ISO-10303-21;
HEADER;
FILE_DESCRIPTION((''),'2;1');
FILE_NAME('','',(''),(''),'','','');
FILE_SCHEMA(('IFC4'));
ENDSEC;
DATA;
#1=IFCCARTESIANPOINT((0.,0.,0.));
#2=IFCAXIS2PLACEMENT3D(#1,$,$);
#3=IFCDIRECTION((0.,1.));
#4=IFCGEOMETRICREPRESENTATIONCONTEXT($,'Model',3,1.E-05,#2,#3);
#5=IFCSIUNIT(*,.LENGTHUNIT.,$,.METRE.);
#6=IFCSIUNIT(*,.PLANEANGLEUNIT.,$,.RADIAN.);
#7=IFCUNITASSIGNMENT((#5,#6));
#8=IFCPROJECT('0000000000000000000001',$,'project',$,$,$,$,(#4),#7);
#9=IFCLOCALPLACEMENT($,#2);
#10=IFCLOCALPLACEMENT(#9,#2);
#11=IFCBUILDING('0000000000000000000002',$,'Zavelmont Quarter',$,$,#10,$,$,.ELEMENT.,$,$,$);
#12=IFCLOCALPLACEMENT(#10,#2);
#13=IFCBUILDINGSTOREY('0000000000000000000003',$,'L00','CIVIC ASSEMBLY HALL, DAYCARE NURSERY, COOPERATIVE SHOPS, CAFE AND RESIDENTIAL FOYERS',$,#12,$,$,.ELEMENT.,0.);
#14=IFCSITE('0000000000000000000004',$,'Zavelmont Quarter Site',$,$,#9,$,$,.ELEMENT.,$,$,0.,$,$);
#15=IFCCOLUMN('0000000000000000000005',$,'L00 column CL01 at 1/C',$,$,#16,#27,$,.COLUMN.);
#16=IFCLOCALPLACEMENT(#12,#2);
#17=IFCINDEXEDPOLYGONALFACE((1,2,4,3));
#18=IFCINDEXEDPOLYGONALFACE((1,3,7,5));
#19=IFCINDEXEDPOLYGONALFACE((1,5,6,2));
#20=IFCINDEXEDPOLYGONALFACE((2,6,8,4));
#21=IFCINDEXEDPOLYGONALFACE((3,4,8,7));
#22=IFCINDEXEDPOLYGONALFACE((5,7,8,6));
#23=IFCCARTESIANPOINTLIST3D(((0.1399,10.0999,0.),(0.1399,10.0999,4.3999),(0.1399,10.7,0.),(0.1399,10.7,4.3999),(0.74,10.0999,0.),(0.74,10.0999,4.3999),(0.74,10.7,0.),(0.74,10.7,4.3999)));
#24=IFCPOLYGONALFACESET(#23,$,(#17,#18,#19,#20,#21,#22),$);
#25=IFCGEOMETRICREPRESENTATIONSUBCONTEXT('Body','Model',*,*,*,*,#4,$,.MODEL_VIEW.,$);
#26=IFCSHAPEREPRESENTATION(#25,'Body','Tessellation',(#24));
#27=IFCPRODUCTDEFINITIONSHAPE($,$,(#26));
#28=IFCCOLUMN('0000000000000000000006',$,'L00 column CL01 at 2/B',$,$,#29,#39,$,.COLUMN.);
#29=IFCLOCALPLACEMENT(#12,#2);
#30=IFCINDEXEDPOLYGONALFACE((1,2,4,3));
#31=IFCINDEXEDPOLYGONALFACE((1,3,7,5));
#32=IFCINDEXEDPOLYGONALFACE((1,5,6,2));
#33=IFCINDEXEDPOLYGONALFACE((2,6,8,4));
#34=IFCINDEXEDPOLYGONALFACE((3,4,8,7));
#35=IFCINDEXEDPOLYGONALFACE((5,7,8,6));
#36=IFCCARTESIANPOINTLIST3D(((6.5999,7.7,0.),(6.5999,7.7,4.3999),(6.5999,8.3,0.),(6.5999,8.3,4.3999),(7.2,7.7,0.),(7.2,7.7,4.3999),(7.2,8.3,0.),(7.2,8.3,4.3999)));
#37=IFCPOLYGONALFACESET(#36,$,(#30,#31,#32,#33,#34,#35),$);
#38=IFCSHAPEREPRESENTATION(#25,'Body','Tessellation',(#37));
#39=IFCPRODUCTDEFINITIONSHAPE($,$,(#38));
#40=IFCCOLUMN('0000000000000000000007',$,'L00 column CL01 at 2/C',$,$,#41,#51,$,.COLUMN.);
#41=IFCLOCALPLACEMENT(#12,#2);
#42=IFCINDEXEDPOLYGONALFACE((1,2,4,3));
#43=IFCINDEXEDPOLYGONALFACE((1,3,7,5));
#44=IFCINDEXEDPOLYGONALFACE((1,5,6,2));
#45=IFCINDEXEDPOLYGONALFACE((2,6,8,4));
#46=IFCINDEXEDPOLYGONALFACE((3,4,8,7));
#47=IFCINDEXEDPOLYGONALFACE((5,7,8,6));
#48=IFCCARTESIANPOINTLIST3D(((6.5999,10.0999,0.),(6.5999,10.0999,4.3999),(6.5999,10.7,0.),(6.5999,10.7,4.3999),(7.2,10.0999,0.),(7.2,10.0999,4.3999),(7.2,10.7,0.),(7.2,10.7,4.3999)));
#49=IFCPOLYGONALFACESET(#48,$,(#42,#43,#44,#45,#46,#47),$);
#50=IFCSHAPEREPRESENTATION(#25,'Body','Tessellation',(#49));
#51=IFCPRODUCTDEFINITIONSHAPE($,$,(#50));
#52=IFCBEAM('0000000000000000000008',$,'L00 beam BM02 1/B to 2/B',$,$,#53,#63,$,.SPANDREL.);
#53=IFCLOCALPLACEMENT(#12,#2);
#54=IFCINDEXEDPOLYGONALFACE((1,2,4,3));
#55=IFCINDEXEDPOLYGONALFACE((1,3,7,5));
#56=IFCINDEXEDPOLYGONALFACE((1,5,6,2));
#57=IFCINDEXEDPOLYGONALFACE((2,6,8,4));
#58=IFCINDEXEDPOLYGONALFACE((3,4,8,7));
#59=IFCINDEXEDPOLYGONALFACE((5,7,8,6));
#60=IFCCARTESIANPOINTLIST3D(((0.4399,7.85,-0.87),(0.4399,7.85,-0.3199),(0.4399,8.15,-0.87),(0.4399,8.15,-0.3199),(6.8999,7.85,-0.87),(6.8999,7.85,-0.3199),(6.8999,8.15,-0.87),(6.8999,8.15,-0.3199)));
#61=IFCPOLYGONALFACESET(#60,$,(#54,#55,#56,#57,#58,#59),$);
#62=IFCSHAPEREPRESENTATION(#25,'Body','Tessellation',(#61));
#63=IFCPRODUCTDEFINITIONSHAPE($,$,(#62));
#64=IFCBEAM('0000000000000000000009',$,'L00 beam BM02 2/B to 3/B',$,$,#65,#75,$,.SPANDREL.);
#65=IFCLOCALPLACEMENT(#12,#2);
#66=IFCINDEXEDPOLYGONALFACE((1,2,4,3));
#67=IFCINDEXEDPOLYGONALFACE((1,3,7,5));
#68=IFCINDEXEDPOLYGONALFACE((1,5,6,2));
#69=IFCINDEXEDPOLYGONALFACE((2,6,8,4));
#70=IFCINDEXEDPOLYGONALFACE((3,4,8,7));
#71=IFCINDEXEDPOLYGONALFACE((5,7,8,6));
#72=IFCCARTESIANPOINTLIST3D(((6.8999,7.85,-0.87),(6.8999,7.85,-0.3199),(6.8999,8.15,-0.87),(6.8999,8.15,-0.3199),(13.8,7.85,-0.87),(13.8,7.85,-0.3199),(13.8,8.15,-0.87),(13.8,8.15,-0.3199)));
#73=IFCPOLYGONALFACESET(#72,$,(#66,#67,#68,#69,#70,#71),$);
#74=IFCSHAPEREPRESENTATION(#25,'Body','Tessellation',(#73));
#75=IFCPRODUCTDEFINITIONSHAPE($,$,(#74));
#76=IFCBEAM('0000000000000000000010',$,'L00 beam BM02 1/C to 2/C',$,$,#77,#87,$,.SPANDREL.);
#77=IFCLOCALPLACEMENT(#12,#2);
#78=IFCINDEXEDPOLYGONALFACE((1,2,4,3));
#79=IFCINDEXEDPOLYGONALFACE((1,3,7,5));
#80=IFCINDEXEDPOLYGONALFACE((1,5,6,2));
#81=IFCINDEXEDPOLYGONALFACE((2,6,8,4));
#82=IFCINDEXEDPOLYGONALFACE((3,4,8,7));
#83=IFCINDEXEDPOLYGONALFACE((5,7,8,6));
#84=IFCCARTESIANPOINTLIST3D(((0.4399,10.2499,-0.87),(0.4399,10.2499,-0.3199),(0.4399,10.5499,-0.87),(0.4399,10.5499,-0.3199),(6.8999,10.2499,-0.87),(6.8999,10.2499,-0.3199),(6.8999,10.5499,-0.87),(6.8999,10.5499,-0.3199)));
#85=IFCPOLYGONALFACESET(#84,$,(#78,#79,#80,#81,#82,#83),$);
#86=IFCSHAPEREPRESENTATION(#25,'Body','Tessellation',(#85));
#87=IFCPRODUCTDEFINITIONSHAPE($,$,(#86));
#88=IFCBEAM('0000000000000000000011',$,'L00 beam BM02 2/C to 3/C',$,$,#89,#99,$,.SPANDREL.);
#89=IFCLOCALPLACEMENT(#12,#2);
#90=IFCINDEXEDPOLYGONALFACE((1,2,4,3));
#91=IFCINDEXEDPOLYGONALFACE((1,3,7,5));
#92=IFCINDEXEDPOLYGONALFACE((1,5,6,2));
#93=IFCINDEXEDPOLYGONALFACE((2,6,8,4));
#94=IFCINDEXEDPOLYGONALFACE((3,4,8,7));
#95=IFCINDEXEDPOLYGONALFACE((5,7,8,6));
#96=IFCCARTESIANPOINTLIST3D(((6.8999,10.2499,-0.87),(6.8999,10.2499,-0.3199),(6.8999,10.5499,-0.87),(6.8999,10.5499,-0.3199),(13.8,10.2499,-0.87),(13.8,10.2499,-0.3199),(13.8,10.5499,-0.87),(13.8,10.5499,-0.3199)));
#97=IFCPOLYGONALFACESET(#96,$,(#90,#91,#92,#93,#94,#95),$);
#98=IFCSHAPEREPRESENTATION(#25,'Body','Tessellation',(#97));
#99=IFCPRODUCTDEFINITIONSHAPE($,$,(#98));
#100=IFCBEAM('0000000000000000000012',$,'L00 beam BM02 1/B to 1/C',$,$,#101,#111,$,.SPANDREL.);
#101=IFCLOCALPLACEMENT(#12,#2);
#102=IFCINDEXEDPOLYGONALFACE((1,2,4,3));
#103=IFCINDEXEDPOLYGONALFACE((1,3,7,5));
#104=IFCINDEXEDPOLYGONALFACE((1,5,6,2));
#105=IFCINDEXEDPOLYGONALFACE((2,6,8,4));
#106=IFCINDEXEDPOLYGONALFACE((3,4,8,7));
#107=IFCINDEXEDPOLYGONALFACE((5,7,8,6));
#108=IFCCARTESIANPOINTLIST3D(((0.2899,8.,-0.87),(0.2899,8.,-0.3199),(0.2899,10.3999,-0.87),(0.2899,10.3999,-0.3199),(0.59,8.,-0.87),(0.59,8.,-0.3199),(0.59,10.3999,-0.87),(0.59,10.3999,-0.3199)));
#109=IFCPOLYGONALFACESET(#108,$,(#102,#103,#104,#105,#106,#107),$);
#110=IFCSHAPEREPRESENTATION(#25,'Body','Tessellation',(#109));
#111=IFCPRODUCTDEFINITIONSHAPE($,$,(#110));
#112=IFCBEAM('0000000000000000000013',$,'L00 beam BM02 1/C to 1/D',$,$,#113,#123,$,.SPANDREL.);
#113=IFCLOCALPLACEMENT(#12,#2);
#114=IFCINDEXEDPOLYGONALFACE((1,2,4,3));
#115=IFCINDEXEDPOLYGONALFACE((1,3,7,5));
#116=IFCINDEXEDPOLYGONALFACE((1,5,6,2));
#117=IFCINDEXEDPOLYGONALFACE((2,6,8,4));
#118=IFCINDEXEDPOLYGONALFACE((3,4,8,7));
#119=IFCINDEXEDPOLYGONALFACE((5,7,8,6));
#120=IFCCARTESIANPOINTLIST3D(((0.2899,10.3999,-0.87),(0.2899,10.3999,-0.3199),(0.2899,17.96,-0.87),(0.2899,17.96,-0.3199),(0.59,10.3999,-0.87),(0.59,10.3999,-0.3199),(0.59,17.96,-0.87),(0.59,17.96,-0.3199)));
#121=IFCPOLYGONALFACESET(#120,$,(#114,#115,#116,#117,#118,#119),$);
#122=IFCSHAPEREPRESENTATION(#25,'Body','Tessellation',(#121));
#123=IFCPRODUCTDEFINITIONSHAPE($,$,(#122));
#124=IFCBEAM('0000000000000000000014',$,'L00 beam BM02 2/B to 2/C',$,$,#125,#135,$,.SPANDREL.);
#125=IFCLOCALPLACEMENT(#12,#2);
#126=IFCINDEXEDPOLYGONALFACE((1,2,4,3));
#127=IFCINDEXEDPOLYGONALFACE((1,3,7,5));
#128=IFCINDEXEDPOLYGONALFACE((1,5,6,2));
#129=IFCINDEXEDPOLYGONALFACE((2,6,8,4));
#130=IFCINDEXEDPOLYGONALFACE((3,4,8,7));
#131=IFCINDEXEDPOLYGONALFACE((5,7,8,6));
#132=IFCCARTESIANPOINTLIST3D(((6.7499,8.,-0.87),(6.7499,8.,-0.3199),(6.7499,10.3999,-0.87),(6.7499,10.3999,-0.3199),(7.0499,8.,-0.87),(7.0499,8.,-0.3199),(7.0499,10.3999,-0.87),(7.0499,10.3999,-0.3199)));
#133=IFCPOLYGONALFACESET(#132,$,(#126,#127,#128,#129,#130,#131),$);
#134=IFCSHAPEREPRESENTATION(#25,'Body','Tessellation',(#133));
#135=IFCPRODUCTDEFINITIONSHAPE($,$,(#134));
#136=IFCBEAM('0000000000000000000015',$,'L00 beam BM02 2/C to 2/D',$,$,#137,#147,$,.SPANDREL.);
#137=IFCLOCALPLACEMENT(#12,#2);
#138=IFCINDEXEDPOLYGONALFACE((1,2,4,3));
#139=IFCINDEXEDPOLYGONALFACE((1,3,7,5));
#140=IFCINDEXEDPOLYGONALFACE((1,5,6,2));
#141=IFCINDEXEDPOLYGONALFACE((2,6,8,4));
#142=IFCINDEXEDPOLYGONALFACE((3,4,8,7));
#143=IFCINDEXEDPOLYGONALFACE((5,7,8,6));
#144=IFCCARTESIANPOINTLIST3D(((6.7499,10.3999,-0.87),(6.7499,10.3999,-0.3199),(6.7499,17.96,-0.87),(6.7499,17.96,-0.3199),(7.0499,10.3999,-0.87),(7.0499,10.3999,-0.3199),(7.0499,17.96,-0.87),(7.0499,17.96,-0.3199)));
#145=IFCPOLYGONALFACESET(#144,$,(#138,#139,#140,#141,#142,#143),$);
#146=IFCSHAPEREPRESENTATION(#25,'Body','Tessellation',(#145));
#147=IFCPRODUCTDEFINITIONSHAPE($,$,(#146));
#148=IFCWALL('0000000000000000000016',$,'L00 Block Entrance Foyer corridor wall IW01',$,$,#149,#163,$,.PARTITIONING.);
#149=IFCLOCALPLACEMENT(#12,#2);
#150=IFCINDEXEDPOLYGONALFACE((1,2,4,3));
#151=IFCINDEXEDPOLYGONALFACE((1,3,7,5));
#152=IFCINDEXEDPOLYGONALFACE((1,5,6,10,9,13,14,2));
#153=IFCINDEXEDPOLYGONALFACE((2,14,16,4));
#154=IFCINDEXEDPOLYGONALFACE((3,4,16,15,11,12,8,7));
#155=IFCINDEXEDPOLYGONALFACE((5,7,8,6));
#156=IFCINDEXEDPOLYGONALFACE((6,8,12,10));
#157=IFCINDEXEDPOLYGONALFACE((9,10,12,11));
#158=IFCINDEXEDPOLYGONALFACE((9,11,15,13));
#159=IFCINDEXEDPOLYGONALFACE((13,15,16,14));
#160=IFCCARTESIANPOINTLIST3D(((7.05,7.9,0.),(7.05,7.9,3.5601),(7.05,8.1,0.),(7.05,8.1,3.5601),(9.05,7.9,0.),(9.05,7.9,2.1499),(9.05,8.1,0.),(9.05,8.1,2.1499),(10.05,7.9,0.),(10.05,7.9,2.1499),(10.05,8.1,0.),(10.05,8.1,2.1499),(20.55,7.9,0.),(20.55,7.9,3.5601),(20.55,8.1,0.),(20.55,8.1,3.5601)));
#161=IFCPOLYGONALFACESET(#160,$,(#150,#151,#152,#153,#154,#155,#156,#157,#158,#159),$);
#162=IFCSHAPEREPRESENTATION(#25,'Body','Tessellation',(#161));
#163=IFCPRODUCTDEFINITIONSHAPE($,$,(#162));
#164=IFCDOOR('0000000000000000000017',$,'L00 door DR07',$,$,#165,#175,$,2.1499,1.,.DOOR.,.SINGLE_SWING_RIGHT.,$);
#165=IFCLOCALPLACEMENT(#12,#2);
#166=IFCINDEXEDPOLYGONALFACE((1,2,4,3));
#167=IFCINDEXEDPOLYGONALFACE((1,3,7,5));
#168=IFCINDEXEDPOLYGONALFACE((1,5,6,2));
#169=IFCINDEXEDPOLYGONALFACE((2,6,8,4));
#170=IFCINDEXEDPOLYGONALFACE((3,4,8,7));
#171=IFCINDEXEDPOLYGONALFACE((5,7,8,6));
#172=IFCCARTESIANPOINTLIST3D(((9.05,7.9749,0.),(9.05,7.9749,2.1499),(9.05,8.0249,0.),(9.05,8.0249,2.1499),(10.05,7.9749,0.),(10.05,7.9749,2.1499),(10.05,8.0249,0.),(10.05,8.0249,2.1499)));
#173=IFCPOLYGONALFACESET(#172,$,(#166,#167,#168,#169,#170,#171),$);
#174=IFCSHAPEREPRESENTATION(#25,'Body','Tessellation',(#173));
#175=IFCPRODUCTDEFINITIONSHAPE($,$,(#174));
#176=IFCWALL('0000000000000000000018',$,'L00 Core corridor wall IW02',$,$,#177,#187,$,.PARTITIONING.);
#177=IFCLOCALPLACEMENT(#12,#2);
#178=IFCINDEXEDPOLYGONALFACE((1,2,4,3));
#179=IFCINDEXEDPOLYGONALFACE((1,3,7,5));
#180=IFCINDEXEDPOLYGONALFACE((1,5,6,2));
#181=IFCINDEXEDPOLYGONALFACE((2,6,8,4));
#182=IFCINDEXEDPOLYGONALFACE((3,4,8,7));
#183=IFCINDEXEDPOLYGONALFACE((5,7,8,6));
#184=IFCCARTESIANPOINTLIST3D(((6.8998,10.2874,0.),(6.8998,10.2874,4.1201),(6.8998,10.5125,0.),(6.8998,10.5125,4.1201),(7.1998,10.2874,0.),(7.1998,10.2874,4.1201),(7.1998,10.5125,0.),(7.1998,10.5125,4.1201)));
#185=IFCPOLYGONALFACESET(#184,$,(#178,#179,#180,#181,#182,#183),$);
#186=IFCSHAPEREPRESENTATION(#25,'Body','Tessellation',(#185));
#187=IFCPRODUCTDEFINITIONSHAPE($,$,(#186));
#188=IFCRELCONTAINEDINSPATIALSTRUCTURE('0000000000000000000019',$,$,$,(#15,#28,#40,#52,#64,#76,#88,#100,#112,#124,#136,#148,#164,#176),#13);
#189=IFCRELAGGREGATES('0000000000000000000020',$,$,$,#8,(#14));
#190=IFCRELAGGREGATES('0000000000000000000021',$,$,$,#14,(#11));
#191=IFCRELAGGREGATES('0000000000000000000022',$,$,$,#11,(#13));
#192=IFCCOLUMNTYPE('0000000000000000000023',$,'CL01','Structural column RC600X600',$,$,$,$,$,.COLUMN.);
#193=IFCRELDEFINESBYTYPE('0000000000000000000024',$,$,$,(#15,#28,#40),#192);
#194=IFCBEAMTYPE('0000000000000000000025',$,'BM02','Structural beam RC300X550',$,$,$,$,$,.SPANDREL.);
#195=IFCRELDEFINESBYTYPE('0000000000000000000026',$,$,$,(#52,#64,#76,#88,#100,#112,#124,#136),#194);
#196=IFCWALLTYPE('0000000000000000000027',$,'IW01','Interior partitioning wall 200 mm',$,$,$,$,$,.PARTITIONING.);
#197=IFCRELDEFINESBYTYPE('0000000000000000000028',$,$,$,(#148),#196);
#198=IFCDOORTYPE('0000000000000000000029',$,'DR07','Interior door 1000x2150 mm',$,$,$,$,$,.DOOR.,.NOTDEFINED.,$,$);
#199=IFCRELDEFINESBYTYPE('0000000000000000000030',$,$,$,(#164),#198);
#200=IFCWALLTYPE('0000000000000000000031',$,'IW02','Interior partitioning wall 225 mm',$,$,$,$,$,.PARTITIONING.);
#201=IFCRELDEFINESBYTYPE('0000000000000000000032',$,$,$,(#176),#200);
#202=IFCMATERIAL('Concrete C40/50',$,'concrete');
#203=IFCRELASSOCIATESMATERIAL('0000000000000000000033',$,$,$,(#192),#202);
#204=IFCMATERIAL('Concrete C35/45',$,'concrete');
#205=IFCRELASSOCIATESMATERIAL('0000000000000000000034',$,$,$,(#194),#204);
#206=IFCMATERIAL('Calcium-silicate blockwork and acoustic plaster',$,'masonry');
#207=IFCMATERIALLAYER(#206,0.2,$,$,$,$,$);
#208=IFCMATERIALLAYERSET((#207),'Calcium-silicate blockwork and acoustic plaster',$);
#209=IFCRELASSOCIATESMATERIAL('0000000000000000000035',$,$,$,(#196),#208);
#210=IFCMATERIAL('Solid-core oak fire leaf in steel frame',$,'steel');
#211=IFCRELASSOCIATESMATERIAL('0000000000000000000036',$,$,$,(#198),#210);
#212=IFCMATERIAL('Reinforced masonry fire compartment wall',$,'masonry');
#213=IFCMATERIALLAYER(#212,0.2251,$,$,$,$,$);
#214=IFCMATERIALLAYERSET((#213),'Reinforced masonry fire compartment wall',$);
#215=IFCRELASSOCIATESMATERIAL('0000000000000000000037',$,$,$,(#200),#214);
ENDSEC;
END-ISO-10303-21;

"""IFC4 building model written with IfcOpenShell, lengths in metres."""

from ifc_helpers import new_model, si_unit, direction, frame, frame_2d, origin, origin_with_axes, origin_2d, place, context, subcontext, project, spatial, rectangle, extrude, material, layer, layer_set, material_profile, profile_set, type_object, element, fill, save


model = new_model("IFC4")

# Units and contexts
model_context = context("Model", 3, precision=1e-05, world=origin(), true_north=direction((0.0, 1.0)))
body_context = subcontext(model_context, "Body", "Model", "MODEL_VIEW")
ifc_project = project(units=[si_unit("LENGTHUNIT", "METRE"), si_unit("PLANEANGLEUNIT", "RADIAN")], contexts=[model_context])

# Site, building, storey
site_placement = place(None, origin())
site = spatial("IfcSite", under=ifc_project, at=site_placement, Name="Zavelmont Quarter Site", CompositionType="ELEMENT", RefElevation=0.0)
building_placement = place(site_placement, origin())
building = spatial("IfcBuilding", under=site, at=building_placement, Name="Zavelmont Quarter", CompositionType="ELEMENT")
storey_placement = place(building_placement, origin())
storey = spatial("IfcBuildingStorey", under=building, at=storey_placement, Name="L00", Description="CIVIC ASSEMBLY HALL, DAYCARE NURSERY, COOPERATIVE SHOPS, CAFE AND RESIDENTIAL FOYERS", CompositionType="ELEMENT", Elevation=0.0)

# Columns
ifc_material_1 = material(Name="Concrete C40/50", Category="concrete")
ifc_material_profile_1 = material_profile(ifc_material_1, rectangle(XDim=0.6001, YDim=0.6001, at=origin_2d()), Name="RC600X600")
ifc_profile_set_1 = profile_set([ifc_material_profile_1], Name="Concrete C40/50")
column_type = type_object("IfcColumnType", Name="CL01", Description="Structural column RC600X600", PredefinedType="COLUMN", material=ifc_profile_set_1)
for number, where, z_axis, x_axis, name in (
    (1, (0.4399, 10.3999, 0.0), (0.0, 0.0, 1.0), (1.0, 0.0, 0.0), "L00 column CL01 at 1/C"),
    (2, (6.8999, 8.0, 0.0), (0.0, 0.0, 1.0), (1.0, 0.0, 0.0), "L00 column CL01 at 2/B"),
    (3, (6.8999, 10.3999, 0.0), (0.0, 0.0, 1.0), (1.0, 0.0, 0.0), "L00 column CL01 at 2/C"),
):
    element("IfcColumn", number, at=place(storey_placement, frame(where, z_axis=z_axis, x_axis=x_axis)), inside=storey, type_object=column_type, Name=name, PredefinedType="COLUMN", context=body_context, shape_type="SweptSolid", body=[
        extrude(rectangle(XDim=0.6001, YDim=0.6001, at=origin_2d()), origin(), (0.0, 0.0, 1.0), 4.3999),
    ])

# Beams
ifc_material_2 = material(Name="Concrete C35/45", Category="concrete")
ifc_material_profile_2 = material_profile(ifc_material_2, rectangle(XDim=0.3, YDim=0.55, at=origin_2d()), Name="RC300X550")
ifc_profile_set_2 = profile_set([ifc_material_profile_2], Name="Concrete C35/45")
beam_type = type_object("IfcBeamType", Name="BM02", Description="Structural beam RC300X550", PredefinedType="SPANDREL", material=ifc_profile_set_2)
beam_1_placement = place(storey_placement, frame((0.4399, 8.0, -0.595), z_axis=(1.0, 0.0, 0.0), x_axis=(0.0, 1.0, 0.0)))
element("IfcBeam", 4, at=beam_1_placement, inside=storey, type_object=beam_type, Name="L00 beam BM02 1/B to 2/B", PredefinedType="SPANDREL", context=body_context, shape_type="SweptSolid", body=[
    extrude(rectangle(XDim=0.3, YDim=0.55, at=origin_2d()), origin(), (0.0, 0.0, 1.0), 6.46),
])
beam_2_placement = place(storey_placement, frame((6.8999, 8.0, -0.595), z_axis=(1.0, 0.0, 0.0), x_axis=(0.0, 1.0, 0.0)))
element("IfcBeam", 5, at=beam_2_placement, inside=storey, type_object=beam_type, Name="L00 beam BM02 2/B to 3/B", PredefinedType="SPANDREL", context=body_context, shape_type="SweptSolid", body=[
    extrude(rectangle(XDim=0.3, YDim=0.55, at=origin_2d()), origin(), (0.0, 0.0, 1.0), 6.9001),
])
beam_3_placement = place(storey_placement, frame((0.4399, 10.3999, -0.595), z_axis=(1.0, 0.0, 0.0), x_axis=(0.0, 1.0, 0.0)))
element("IfcBeam", 6, at=beam_3_placement, inside=storey, type_object=beam_type, Name="L00 beam BM02 1/C to 2/C", PredefinedType="SPANDREL", context=body_context, shape_type="SweptSolid", body=[
    extrude(rectangle(XDim=0.3, YDim=0.55, at=origin_2d()), origin(), (0.0, 0.0, 1.0), 6.46),
])
beam_4_placement = place(storey_placement, frame((6.8999, 10.3999, -0.595), z_axis=(1.0, 0.0, 0.0), x_axis=(0.0, 1.0, 0.0)))
element("IfcBeam", 7, at=beam_4_placement, inside=storey, type_object=beam_type, Name="L00 beam BM02 2/C to 3/C", PredefinedType="SPANDREL", context=body_context, shape_type="SweptSolid", body=[
    extrude(rectangle(XDim=0.3, YDim=0.55, at=origin_2d()), origin(), (0.0, 0.0, 1.0), 6.9001),
])
beam_5_placement = place(storey_placement, frame((0.4399, 8.0, -0.595), z_axis=(0.0, 1.0, 0.0), x_axis=(-1.0, 0.0, 0.0)))
element("IfcBeam", 8, at=beam_5_placement, inside=storey, type_object=beam_type, Name="L00 beam BM02 1/B to 1/C", PredefinedType="SPANDREL", context=body_context, shape_type="SweptSolid", body=[
    extrude(rectangle(XDim=0.3, YDim=0.55, at=origin_2d()), origin(), (0.0, 0.0, 1.0), 2.3999),
])
beam_6_placement = place(storey_placement, frame((0.4399, 10.3999, -0.595), z_axis=(0.0, 1.0, 0.0), x_axis=(-1.0, 0.0, 0.0)))
element("IfcBeam", 9, at=beam_6_placement, inside=storey, type_object=beam_type, Name="L00 beam BM02 1/C to 1/D", PredefinedType="SPANDREL", context=body_context, shape_type="SweptSolid", body=[
    extrude(rectangle(XDim=0.3, YDim=0.55, at=origin_2d()), origin(), (0.0, 0.0, 1.0), 7.5601),
])
beam_7_placement = place(storey_placement, frame((6.8999, 8.0, -0.595), z_axis=(0.0, 1.0, 0.0), x_axis=(-1.0, 0.0, 0.0)))
element("IfcBeam", 10, at=beam_7_placement, inside=storey, type_object=beam_type, Name="L00 beam BM02 2/B to 2/C", PredefinedType="SPANDREL", context=body_context, shape_type="SweptSolid", body=[
    extrude(rectangle(XDim=0.3, YDim=0.55, at=origin_2d()), origin(), (0.0, 0.0, 1.0), 2.3999),
])
beam_8_placement = place(storey_placement, frame((6.8999, 10.3999, -0.595), z_axis=(0.0, 1.0, 0.0), x_axis=(-1.0, 0.0, 0.0)))
element("IfcBeam", 11, at=beam_8_placement, inside=storey, type_object=beam_type, Name="L00 beam BM02 2/C to 2/D", PredefinedType="SPANDREL", context=body_context, shape_type="SweptSolid", body=[
    extrude(rectangle(XDim=0.3, YDim=0.55, at=origin_2d()), origin(), (0.0, 0.0, 1.0), 7.5601),
])

# Wall, opening, door
ifc_material_3 = material(Name="Calcium-silicate blockwork and acoustic plaster", Category="masonry")
ifc_layer_1 = layer(ifc_material_3, 0.2)
ifc_layer_set_1 = layer_set([ifc_layer_1], Name="Calcium-silicate blockwork and acoustic plaster")
wall_type_1 = type_object("IfcWallType", Name="IW01", Description="Interior partitioning wall 200 mm", PredefinedType="PARTITIONING", material=ifc_layer_set_1)
wall_1_placement = place(storey_placement, frame((7.05, 8.0, 0.0), z_axis=(0.0, 0.0, 1.0), x_axis=(1.0, 0.0, 0.0)))
wall_1 = element("IfcWall", 12, at=wall_1_placement, inside=storey, type_object=wall_type_1, Name="L00 Block Entrance Foyer corridor wall IW01", PredefinedType="PARTITIONING", context=body_context, shape_type="SweptSolid", body=[
    extrude(rectangle(XDim=13.5, YDim=0.2, at=frame_2d((6.75, 0.0))), origin(), (0.0, 0.0, 1.0), 3.5601),
])
opening_placement = place(wall_1_placement, frame((2.0, 0.0, 0.0)))
opening = element("IfcOpeningElement", 13, at=opening_placement, cuts=wall_1, PredefinedType="OPENING", context=body_context, shape_type="SweptSolid", body=[
    extrude(rectangle(XDim=1.0, YDim=2.1499, at=frame_2d((0.5, 1.075))), frame((0.0, 0.1118, 0.0), z_axis=(0.0, -1.0, 0.0), x_axis=(1.0, 0.0, 0.0)), (0.0, 0.0, 1.0), 0.2239),
])
ifc_material_4 = material(Name="Solid-core oak fire leaf in steel frame", Category="steel")
door_type = type_object("IfcDoorType", Name="DR07", Description="Interior door 1000x2150 mm", OperationType="NOTDEFINED", PredefinedType="DOOR", material=ifc_material_4)
door_placement = place(opening_placement, origin_with_axes())
door = element("IfcDoor", 14, at=door_placement, inside=storey, type_object=door_type, Name="L00 door DR07", OperationType="SINGLE_SWING_RIGHT", OverallHeight=2.1499, OverallWidth=1.0, PredefinedType="DOOR", context=body_context, shape_type="SweptSolid", body=[
    extrude(rectangle(XDim=1.0, YDim=2.1499, at=frame_2d((0.5, 1.075))), frame((0.0, 0.0249, 0.0), z_axis=(0.0, -1.0, 0.0), x_axis=(1.0, 0.0, 0.0)), (0.0, 0.0, 1.0), 0.05),
])
fill(opening, door)

# Wall
ifc_material_5 = material(Name="Reinforced masonry fire compartment wall", Category="masonry")
ifc_layer_2 = layer(ifc_material_5, 0.2251)
ifc_layer_set_2 = layer_set([ifc_layer_2], Name="Reinforced masonry fire compartment wall")
wall_type_2 = type_object("IfcWallType", Name="IW02", Description="Interior partitioning wall 225 mm", PredefinedType="PARTITIONING", material=ifc_layer_set_2)
wall_2_placement = place(storey_placement, frame((6.8999, 10.3999, 0.0), z_axis=(0.0, 0.0, 1.0), x_axis=(1.0, 0.0, 0.0)))
element("IfcWall", 15, at=wall_2_placement, inside=storey, type_object=wall_type_2, Name="L00 Core corridor wall IW02", PredefinedType="PARTITIONING", context=body_context, shape_type="SweptSolid", body=[
    extrude(rectangle(XDim=0.3, YDim=0.2251, at=frame_2d((0.1499, 0.0))), origin(), (0.0, 0.0, 1.0), 4.1201),
])

save(model, "model.ifc")
